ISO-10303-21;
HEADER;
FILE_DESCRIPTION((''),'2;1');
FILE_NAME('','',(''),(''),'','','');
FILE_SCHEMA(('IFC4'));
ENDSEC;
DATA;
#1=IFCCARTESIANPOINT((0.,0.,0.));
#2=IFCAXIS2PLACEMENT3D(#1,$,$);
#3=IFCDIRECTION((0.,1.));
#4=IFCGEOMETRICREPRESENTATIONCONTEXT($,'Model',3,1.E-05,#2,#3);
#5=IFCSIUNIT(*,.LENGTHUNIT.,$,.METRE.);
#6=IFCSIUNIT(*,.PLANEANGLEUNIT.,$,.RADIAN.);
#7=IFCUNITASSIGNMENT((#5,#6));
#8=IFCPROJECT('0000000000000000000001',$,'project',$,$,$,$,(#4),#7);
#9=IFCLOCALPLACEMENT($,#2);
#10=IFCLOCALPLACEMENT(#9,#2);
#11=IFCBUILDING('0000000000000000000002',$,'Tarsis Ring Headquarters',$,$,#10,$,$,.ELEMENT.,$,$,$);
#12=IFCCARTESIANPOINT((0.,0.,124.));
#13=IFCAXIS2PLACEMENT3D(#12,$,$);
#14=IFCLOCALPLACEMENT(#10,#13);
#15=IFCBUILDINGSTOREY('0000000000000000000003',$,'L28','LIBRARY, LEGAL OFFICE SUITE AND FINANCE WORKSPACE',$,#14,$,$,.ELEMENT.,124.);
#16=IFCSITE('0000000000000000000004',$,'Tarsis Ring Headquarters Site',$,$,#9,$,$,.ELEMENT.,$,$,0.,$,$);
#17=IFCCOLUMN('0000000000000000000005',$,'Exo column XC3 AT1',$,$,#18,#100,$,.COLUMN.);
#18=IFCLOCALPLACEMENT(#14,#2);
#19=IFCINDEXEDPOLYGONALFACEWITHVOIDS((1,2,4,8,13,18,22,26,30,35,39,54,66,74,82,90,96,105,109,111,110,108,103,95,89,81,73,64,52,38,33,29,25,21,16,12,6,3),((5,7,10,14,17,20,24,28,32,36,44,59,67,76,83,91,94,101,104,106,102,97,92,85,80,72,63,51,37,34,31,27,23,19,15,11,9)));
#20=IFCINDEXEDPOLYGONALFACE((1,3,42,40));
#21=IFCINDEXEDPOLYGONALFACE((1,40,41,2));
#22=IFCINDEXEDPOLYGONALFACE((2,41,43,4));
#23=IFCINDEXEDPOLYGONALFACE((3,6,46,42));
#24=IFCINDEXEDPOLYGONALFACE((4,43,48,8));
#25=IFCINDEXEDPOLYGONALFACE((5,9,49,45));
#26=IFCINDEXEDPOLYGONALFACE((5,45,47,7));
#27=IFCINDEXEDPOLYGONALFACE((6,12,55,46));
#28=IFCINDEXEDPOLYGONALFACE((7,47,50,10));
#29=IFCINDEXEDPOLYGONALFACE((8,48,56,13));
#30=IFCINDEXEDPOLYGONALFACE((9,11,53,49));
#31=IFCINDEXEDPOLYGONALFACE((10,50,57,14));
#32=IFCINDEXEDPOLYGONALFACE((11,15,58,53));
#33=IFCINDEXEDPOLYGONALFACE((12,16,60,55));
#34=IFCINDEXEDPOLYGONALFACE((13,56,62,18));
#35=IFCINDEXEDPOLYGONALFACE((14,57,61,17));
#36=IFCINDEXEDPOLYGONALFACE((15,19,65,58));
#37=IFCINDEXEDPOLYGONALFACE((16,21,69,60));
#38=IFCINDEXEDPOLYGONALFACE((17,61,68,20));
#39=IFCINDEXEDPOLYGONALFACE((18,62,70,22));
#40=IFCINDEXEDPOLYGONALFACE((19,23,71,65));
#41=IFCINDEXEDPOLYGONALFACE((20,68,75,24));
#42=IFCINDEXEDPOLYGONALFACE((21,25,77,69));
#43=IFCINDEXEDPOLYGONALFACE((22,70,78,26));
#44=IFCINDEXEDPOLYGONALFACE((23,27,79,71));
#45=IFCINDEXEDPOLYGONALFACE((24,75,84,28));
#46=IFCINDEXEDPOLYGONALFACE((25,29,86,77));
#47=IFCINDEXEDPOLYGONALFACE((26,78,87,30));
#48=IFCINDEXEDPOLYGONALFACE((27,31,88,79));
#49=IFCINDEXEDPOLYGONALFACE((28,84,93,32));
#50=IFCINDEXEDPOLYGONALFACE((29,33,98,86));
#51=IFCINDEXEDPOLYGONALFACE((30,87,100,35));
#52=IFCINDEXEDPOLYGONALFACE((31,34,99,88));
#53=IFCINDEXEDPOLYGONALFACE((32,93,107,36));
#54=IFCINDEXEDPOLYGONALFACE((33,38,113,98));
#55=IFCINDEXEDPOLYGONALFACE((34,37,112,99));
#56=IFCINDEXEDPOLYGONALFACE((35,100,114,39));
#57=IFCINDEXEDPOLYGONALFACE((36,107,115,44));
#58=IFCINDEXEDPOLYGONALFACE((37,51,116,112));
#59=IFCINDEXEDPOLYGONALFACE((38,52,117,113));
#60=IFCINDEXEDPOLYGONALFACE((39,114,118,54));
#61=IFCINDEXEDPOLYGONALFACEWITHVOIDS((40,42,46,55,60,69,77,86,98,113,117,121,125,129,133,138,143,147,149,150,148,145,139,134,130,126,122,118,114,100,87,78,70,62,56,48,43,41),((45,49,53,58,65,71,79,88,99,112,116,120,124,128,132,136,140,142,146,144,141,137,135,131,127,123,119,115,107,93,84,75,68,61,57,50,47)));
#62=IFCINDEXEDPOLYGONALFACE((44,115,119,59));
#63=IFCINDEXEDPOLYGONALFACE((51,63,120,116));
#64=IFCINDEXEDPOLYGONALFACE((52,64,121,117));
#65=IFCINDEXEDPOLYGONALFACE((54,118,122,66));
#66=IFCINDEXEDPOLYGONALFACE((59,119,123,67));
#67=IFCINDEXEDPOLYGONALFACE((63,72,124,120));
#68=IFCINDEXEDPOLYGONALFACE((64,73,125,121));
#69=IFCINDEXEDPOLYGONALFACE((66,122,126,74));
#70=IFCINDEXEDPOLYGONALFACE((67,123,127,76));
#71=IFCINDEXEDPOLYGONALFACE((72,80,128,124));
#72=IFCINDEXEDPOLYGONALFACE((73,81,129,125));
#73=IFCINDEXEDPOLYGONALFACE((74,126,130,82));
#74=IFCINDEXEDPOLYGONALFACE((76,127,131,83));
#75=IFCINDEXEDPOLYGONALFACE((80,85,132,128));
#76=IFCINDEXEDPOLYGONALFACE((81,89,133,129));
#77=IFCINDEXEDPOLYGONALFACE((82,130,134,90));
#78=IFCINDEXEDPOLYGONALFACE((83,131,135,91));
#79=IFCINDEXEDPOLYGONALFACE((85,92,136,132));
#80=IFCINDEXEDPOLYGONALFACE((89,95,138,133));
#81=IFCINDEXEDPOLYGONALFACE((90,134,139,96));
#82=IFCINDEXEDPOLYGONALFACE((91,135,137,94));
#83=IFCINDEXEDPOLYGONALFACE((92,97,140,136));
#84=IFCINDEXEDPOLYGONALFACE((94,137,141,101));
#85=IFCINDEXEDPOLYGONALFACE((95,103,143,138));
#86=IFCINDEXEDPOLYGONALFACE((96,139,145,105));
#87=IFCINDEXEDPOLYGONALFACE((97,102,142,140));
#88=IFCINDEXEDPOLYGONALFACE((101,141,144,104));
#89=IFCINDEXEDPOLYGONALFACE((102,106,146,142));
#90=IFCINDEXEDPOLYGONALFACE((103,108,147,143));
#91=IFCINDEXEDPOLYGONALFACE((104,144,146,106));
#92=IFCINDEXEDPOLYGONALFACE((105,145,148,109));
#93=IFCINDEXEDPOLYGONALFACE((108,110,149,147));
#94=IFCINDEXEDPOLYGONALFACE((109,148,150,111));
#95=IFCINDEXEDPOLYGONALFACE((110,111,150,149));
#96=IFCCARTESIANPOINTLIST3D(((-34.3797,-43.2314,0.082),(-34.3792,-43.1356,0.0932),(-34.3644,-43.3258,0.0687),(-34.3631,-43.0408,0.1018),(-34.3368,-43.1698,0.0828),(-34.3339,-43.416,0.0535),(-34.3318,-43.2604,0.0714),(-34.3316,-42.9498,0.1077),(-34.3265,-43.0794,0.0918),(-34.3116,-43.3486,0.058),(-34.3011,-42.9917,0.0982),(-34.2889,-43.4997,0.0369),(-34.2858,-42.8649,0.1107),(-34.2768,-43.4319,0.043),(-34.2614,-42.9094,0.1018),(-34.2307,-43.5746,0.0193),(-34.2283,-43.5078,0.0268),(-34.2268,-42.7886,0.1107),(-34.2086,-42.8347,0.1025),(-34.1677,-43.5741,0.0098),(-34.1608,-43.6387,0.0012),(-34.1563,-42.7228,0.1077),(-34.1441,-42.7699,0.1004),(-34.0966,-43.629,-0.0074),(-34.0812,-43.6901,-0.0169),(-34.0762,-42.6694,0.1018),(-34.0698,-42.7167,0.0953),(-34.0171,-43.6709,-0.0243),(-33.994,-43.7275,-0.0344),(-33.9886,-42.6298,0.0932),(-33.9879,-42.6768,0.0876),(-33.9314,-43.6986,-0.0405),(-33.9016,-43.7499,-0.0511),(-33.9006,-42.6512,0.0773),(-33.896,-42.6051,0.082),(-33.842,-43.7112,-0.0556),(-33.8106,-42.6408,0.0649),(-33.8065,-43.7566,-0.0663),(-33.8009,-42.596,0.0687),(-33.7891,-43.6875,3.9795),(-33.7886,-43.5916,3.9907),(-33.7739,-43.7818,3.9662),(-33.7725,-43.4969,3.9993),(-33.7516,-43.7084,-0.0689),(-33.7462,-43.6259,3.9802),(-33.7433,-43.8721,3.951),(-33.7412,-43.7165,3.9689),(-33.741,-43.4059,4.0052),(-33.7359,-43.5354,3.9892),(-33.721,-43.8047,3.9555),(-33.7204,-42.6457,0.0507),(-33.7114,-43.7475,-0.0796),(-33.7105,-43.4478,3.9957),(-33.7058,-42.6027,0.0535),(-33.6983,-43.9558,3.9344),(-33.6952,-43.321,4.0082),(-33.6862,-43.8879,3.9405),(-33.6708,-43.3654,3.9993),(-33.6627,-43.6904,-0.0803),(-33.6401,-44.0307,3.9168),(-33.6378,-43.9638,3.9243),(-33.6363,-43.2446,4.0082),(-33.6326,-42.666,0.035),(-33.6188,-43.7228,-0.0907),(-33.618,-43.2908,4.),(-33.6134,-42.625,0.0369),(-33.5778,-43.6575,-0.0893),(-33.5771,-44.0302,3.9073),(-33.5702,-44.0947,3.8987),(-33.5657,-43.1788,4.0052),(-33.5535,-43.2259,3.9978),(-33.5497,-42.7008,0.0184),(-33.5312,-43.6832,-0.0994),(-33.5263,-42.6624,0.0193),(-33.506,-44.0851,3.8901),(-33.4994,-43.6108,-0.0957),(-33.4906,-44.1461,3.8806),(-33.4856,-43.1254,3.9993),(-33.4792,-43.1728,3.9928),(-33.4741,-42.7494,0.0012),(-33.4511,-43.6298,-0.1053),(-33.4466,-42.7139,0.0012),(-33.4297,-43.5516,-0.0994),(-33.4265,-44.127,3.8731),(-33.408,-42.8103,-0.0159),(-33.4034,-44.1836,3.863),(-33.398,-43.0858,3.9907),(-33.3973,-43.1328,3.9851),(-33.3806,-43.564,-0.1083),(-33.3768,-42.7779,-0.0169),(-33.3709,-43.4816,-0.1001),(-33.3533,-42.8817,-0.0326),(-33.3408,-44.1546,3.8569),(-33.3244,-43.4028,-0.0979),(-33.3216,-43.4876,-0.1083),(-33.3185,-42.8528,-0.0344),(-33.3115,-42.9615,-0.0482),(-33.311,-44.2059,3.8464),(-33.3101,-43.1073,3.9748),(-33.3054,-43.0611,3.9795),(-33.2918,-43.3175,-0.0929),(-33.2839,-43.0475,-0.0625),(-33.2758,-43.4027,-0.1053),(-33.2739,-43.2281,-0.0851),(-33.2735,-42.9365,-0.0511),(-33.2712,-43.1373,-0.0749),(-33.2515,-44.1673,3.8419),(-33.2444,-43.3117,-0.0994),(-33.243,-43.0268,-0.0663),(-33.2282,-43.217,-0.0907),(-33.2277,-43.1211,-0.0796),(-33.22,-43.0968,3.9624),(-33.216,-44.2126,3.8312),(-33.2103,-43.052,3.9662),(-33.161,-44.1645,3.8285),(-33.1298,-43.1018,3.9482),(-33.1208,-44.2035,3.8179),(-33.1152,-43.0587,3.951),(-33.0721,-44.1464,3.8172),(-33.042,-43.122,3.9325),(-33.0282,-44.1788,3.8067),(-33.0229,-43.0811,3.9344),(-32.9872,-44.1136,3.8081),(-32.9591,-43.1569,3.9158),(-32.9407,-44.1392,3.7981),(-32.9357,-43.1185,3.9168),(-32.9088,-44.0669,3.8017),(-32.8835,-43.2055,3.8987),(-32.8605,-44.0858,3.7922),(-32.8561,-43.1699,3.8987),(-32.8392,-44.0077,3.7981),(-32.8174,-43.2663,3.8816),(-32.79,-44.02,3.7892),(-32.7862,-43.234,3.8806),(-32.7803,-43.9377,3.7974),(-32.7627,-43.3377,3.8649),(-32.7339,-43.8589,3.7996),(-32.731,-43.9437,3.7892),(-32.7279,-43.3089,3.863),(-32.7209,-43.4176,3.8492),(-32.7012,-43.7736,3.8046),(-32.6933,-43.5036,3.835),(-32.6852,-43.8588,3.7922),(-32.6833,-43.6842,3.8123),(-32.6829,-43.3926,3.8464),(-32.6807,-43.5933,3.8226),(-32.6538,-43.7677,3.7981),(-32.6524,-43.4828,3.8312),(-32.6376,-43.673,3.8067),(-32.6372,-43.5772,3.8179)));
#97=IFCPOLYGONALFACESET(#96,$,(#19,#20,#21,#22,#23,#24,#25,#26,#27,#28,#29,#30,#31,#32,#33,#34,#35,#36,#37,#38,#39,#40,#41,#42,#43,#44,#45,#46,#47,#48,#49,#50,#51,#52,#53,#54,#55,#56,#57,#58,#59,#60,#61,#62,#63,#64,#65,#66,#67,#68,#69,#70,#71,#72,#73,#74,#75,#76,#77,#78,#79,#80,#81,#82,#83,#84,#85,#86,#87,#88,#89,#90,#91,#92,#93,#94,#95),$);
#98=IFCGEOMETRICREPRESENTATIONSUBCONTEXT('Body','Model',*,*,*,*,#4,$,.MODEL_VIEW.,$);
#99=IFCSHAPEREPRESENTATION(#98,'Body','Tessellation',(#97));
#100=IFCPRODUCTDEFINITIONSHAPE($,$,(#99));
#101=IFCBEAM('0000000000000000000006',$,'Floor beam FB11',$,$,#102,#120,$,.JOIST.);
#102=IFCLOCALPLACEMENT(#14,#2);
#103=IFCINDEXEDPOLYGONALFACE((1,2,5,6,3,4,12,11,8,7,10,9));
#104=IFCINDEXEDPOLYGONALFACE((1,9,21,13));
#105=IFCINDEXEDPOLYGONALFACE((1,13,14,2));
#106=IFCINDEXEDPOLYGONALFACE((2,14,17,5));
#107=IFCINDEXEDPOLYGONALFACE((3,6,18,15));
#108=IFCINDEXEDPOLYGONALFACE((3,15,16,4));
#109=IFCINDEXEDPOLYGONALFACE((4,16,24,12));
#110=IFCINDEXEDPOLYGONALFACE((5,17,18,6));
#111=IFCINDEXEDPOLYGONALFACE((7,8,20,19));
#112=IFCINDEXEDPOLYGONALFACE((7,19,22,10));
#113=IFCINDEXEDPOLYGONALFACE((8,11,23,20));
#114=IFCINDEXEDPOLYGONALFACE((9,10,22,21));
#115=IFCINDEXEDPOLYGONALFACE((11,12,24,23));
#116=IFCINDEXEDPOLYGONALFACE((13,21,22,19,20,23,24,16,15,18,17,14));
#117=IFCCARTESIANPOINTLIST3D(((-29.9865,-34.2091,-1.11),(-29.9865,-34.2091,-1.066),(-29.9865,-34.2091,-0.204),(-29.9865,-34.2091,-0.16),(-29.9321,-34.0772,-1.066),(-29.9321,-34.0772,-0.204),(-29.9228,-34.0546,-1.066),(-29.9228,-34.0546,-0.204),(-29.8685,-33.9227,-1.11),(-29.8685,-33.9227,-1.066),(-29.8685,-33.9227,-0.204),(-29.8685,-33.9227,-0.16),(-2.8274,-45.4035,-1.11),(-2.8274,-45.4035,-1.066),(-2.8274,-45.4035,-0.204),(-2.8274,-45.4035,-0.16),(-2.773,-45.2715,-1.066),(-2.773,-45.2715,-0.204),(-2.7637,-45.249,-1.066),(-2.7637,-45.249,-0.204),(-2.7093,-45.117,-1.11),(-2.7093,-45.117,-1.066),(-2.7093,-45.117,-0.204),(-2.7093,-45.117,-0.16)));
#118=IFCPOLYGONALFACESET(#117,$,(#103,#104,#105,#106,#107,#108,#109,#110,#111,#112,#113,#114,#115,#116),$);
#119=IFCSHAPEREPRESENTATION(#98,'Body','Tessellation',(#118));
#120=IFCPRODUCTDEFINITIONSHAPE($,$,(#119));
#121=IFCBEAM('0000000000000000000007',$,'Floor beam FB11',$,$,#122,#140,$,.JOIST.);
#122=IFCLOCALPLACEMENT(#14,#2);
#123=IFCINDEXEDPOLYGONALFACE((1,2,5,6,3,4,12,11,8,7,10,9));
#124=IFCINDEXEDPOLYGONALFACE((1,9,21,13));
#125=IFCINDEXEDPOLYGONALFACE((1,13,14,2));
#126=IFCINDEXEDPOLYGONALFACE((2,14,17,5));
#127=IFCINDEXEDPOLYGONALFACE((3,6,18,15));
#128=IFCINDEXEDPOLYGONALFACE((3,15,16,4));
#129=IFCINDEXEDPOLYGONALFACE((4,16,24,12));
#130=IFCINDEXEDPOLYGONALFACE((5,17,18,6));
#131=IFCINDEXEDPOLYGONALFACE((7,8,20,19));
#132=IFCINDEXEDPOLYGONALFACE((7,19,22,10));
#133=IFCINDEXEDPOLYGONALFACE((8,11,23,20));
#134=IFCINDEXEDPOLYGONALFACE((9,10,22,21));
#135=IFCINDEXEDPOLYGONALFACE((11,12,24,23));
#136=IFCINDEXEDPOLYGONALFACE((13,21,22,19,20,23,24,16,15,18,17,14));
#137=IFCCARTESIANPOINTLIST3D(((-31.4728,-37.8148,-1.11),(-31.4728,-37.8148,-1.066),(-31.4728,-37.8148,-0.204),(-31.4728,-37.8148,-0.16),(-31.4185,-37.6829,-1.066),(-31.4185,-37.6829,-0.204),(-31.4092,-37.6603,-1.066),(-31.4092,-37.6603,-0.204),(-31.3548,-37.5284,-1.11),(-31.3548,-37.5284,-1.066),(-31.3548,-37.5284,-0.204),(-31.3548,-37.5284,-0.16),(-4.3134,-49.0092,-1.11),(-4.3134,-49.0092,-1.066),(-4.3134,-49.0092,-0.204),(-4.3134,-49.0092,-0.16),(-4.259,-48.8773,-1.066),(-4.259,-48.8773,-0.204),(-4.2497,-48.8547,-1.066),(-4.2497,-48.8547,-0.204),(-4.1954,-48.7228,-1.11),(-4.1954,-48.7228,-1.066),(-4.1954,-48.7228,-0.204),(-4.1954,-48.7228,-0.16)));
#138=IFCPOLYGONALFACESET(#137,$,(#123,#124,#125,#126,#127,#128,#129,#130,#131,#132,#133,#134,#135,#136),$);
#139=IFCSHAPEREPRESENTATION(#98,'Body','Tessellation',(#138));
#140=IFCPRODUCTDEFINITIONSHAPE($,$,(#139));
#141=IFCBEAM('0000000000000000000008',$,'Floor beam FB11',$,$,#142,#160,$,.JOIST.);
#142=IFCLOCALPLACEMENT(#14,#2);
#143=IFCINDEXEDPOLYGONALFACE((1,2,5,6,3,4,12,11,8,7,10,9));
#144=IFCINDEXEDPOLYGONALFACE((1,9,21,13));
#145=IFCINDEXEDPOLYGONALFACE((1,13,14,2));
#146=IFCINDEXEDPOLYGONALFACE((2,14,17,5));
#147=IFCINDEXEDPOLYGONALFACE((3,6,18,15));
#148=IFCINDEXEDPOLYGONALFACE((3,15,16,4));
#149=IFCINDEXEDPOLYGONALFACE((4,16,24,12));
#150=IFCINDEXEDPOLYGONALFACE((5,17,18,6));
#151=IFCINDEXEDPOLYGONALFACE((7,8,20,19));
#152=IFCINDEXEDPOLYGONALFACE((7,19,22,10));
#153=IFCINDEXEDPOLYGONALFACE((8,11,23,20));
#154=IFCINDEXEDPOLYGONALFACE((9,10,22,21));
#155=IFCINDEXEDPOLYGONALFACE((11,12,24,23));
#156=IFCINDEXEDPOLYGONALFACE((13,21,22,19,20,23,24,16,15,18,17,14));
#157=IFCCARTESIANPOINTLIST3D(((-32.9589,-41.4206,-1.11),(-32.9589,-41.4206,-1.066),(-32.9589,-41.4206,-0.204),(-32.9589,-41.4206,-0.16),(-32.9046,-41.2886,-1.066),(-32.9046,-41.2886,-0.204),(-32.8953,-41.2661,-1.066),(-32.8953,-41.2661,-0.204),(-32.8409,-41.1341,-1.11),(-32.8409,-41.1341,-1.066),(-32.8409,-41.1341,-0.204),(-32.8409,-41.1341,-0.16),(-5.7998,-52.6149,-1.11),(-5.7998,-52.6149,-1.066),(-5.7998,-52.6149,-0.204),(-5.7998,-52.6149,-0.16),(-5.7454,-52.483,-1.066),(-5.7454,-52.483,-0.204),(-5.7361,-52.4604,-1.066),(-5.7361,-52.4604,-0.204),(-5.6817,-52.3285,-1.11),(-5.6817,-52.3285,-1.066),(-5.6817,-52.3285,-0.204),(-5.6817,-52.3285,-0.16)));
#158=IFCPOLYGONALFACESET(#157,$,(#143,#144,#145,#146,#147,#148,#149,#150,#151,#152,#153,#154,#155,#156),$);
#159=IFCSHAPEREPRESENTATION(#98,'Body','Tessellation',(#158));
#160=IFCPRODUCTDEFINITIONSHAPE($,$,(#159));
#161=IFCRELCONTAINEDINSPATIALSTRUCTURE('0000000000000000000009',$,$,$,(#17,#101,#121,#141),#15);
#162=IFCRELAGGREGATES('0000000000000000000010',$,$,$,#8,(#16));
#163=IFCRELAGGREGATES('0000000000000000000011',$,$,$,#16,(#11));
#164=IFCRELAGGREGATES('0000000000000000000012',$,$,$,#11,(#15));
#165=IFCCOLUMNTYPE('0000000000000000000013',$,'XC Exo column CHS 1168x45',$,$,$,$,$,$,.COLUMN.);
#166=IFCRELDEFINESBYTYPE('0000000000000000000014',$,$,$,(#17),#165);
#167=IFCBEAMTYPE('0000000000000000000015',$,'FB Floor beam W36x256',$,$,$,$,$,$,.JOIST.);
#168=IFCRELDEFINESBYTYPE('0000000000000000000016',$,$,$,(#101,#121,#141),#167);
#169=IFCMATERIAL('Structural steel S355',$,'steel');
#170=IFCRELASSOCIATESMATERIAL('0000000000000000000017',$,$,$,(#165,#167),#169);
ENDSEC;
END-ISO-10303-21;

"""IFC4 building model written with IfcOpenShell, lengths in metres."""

from ifc_helpers import new_model, si_unit, direction, frame, origin, origin_2d, place, context, subcontext, project, spatial, hollow_circle, i_section, extrude, material, material_profile, profile_set, type_object, element, save


model = new_model("IFC4")

# Units and contexts
model_context = context("Model", 3, precision=1e-05, world=origin(), true_north=direction((0.0, 1.0)))
body_context = subcontext(model_context, "Body", "Model", "MODEL_VIEW")
ifc_project = project(units=[si_unit("LENGTHUNIT", "METRE"), si_unit("PLANEANGLEUNIT", "RADIAN")], contexts=[model_context])

# Site, building, storey
site_placement = place(None, origin())
site = spatial("IfcSite", under=ifc_project, at=site_placement, Name="Tarsis Ring Headquarters Site", CompositionType="ELEMENT", RefElevation=0.0)
building_placement = place(site_placement, origin())
building = spatial("IfcBuilding", under=site, at=building_placement, Name="Tarsis Ring Headquarters", CompositionType="ELEMENT")
storey_placement = place(building_placement, frame((0.0, 0.0, 124.0)))
storey = spatial("IfcBuildingStorey", under=building, at=storey_placement, Name="L28", Description="LIBRARY, LEGAL OFFICE SUITE AND FINANCE WORKSPACE", CompositionType="ELEMENT", Elevation=124.0)

# Column
ifc_material_1 = material(Name="Structural steel S355", Category="steel")
ifc_material_profile_1 = material_profile(ifc_material_1, hollow_circle(Radius=0.5842, WallThickness=0.0449, at=origin_2d()), Name="CHS 1168x45")
ifc_profile_set_1 = profile_set([ifc_material_profile_1], Name="Structural steel S355")
column_type = type_object("IfcColumnType", Name="XC Exo column CHS 1168x45", PredefinedType="COLUMN", material=ifc_profile_set_1)
column_placement = place(storey_placement, frame((-33.8037, -43.1763, 0.0012), z_axis=(0.148826, -0.114926, 0.982162), x_axis=(0.611196, 0.791479, 0.0)))
element("IfcColumn", 1, at=column_placement, inside=storey, type_object=column_type, Name="Exo column XC3 AT1", PredefinedType="COLUMN", context=body_context, shape_type="SweptSolid", body=[
    extrude(hollow_circle(Radius=0.5842, WallThickness=0.0449, at=origin_2d()), origin(), (0.0, 0.0, 1.0), 3.9683),
])

# Beams
ifc_material_profile_2 = material_profile(ifc_material_1, i_section(OverallWidth=0.3098, OverallDepth=0.95, WebThickness=0.0244, FlangeThickness=0.0439, at=origin_2d()), Name="W36x256")
ifc_profile_set_2 = profile_set([ifc_material_profile_2], Name="Structural steel S355")
beam_type_1 = type_object("IfcBeamType", Name="FB Floor beam W36x256", PredefinedType="JOIST", material=ifc_profile_set_2)
beam_1_placement = place(storey_placement, frame((-29.9275, -34.0659, -0.635), z_axis=(0.924544, -0.381074, 0.0), x_axis=(0.381074, 0.924544, 0.0)))
element("IfcBeam", 2, at=beam_1_placement, inside=storey, type_object=beam_type_1, Name="Floor beam FB11", PredefinedType="JOIST", context=body_context, shape_type="SweptSolid", body=[
    extrude(i_section(OverallWidth=0.3098, OverallDepth=0.95, WebThickness=0.0244, FlangeThickness=0.0439, at=origin_2d()), origin(), (0.0, 0.0, 1.0), 29.3757),
])
beam_2_placement = place(storey_placement, frame((-31.4138, -37.6716, -0.635), z_axis=(0.924546, -0.381071, 0.0), x_axis=(0.381071, 0.924546, 0.0)))
element("IfcBeam", 3, at=beam_2_placement, inside=storey, type_object=beam_type_1, Name="Floor beam FB11", PredefinedType="JOIST", context=body_context, shape_type="SweptSolid", body=[
    extrude(i_section(OverallWidth=0.3098, OverallDepth=0.95, WebThickness=0.0244, FlangeThickness=0.0439, at=origin_2d()), origin(), (0.0, 0.0, 1.0), 29.376),
])
beam_3_placement = place(storey_placement, frame((-32.8999, -41.2773, -0.635), z_axis=(0.924544, -0.381074, 0.0), x_axis=(0.381074, 0.924544, 0.0)))
element("IfcBeam", 4, at=beam_3_placement, inside=storey, type_object=beam_type_1, Name="Floor beam FB11", PredefinedType="JOIST", context=body_context, shape_type="SweptSolid", body=[
    extrude(i_section(OverallWidth=0.3098, OverallDepth=0.95, WebThickness=0.0244, FlangeThickness=0.0439, at=origin_2d()), origin(), (0.0, 0.0, 1.0), 29.3757),
])

save(model, "model.ifc")
